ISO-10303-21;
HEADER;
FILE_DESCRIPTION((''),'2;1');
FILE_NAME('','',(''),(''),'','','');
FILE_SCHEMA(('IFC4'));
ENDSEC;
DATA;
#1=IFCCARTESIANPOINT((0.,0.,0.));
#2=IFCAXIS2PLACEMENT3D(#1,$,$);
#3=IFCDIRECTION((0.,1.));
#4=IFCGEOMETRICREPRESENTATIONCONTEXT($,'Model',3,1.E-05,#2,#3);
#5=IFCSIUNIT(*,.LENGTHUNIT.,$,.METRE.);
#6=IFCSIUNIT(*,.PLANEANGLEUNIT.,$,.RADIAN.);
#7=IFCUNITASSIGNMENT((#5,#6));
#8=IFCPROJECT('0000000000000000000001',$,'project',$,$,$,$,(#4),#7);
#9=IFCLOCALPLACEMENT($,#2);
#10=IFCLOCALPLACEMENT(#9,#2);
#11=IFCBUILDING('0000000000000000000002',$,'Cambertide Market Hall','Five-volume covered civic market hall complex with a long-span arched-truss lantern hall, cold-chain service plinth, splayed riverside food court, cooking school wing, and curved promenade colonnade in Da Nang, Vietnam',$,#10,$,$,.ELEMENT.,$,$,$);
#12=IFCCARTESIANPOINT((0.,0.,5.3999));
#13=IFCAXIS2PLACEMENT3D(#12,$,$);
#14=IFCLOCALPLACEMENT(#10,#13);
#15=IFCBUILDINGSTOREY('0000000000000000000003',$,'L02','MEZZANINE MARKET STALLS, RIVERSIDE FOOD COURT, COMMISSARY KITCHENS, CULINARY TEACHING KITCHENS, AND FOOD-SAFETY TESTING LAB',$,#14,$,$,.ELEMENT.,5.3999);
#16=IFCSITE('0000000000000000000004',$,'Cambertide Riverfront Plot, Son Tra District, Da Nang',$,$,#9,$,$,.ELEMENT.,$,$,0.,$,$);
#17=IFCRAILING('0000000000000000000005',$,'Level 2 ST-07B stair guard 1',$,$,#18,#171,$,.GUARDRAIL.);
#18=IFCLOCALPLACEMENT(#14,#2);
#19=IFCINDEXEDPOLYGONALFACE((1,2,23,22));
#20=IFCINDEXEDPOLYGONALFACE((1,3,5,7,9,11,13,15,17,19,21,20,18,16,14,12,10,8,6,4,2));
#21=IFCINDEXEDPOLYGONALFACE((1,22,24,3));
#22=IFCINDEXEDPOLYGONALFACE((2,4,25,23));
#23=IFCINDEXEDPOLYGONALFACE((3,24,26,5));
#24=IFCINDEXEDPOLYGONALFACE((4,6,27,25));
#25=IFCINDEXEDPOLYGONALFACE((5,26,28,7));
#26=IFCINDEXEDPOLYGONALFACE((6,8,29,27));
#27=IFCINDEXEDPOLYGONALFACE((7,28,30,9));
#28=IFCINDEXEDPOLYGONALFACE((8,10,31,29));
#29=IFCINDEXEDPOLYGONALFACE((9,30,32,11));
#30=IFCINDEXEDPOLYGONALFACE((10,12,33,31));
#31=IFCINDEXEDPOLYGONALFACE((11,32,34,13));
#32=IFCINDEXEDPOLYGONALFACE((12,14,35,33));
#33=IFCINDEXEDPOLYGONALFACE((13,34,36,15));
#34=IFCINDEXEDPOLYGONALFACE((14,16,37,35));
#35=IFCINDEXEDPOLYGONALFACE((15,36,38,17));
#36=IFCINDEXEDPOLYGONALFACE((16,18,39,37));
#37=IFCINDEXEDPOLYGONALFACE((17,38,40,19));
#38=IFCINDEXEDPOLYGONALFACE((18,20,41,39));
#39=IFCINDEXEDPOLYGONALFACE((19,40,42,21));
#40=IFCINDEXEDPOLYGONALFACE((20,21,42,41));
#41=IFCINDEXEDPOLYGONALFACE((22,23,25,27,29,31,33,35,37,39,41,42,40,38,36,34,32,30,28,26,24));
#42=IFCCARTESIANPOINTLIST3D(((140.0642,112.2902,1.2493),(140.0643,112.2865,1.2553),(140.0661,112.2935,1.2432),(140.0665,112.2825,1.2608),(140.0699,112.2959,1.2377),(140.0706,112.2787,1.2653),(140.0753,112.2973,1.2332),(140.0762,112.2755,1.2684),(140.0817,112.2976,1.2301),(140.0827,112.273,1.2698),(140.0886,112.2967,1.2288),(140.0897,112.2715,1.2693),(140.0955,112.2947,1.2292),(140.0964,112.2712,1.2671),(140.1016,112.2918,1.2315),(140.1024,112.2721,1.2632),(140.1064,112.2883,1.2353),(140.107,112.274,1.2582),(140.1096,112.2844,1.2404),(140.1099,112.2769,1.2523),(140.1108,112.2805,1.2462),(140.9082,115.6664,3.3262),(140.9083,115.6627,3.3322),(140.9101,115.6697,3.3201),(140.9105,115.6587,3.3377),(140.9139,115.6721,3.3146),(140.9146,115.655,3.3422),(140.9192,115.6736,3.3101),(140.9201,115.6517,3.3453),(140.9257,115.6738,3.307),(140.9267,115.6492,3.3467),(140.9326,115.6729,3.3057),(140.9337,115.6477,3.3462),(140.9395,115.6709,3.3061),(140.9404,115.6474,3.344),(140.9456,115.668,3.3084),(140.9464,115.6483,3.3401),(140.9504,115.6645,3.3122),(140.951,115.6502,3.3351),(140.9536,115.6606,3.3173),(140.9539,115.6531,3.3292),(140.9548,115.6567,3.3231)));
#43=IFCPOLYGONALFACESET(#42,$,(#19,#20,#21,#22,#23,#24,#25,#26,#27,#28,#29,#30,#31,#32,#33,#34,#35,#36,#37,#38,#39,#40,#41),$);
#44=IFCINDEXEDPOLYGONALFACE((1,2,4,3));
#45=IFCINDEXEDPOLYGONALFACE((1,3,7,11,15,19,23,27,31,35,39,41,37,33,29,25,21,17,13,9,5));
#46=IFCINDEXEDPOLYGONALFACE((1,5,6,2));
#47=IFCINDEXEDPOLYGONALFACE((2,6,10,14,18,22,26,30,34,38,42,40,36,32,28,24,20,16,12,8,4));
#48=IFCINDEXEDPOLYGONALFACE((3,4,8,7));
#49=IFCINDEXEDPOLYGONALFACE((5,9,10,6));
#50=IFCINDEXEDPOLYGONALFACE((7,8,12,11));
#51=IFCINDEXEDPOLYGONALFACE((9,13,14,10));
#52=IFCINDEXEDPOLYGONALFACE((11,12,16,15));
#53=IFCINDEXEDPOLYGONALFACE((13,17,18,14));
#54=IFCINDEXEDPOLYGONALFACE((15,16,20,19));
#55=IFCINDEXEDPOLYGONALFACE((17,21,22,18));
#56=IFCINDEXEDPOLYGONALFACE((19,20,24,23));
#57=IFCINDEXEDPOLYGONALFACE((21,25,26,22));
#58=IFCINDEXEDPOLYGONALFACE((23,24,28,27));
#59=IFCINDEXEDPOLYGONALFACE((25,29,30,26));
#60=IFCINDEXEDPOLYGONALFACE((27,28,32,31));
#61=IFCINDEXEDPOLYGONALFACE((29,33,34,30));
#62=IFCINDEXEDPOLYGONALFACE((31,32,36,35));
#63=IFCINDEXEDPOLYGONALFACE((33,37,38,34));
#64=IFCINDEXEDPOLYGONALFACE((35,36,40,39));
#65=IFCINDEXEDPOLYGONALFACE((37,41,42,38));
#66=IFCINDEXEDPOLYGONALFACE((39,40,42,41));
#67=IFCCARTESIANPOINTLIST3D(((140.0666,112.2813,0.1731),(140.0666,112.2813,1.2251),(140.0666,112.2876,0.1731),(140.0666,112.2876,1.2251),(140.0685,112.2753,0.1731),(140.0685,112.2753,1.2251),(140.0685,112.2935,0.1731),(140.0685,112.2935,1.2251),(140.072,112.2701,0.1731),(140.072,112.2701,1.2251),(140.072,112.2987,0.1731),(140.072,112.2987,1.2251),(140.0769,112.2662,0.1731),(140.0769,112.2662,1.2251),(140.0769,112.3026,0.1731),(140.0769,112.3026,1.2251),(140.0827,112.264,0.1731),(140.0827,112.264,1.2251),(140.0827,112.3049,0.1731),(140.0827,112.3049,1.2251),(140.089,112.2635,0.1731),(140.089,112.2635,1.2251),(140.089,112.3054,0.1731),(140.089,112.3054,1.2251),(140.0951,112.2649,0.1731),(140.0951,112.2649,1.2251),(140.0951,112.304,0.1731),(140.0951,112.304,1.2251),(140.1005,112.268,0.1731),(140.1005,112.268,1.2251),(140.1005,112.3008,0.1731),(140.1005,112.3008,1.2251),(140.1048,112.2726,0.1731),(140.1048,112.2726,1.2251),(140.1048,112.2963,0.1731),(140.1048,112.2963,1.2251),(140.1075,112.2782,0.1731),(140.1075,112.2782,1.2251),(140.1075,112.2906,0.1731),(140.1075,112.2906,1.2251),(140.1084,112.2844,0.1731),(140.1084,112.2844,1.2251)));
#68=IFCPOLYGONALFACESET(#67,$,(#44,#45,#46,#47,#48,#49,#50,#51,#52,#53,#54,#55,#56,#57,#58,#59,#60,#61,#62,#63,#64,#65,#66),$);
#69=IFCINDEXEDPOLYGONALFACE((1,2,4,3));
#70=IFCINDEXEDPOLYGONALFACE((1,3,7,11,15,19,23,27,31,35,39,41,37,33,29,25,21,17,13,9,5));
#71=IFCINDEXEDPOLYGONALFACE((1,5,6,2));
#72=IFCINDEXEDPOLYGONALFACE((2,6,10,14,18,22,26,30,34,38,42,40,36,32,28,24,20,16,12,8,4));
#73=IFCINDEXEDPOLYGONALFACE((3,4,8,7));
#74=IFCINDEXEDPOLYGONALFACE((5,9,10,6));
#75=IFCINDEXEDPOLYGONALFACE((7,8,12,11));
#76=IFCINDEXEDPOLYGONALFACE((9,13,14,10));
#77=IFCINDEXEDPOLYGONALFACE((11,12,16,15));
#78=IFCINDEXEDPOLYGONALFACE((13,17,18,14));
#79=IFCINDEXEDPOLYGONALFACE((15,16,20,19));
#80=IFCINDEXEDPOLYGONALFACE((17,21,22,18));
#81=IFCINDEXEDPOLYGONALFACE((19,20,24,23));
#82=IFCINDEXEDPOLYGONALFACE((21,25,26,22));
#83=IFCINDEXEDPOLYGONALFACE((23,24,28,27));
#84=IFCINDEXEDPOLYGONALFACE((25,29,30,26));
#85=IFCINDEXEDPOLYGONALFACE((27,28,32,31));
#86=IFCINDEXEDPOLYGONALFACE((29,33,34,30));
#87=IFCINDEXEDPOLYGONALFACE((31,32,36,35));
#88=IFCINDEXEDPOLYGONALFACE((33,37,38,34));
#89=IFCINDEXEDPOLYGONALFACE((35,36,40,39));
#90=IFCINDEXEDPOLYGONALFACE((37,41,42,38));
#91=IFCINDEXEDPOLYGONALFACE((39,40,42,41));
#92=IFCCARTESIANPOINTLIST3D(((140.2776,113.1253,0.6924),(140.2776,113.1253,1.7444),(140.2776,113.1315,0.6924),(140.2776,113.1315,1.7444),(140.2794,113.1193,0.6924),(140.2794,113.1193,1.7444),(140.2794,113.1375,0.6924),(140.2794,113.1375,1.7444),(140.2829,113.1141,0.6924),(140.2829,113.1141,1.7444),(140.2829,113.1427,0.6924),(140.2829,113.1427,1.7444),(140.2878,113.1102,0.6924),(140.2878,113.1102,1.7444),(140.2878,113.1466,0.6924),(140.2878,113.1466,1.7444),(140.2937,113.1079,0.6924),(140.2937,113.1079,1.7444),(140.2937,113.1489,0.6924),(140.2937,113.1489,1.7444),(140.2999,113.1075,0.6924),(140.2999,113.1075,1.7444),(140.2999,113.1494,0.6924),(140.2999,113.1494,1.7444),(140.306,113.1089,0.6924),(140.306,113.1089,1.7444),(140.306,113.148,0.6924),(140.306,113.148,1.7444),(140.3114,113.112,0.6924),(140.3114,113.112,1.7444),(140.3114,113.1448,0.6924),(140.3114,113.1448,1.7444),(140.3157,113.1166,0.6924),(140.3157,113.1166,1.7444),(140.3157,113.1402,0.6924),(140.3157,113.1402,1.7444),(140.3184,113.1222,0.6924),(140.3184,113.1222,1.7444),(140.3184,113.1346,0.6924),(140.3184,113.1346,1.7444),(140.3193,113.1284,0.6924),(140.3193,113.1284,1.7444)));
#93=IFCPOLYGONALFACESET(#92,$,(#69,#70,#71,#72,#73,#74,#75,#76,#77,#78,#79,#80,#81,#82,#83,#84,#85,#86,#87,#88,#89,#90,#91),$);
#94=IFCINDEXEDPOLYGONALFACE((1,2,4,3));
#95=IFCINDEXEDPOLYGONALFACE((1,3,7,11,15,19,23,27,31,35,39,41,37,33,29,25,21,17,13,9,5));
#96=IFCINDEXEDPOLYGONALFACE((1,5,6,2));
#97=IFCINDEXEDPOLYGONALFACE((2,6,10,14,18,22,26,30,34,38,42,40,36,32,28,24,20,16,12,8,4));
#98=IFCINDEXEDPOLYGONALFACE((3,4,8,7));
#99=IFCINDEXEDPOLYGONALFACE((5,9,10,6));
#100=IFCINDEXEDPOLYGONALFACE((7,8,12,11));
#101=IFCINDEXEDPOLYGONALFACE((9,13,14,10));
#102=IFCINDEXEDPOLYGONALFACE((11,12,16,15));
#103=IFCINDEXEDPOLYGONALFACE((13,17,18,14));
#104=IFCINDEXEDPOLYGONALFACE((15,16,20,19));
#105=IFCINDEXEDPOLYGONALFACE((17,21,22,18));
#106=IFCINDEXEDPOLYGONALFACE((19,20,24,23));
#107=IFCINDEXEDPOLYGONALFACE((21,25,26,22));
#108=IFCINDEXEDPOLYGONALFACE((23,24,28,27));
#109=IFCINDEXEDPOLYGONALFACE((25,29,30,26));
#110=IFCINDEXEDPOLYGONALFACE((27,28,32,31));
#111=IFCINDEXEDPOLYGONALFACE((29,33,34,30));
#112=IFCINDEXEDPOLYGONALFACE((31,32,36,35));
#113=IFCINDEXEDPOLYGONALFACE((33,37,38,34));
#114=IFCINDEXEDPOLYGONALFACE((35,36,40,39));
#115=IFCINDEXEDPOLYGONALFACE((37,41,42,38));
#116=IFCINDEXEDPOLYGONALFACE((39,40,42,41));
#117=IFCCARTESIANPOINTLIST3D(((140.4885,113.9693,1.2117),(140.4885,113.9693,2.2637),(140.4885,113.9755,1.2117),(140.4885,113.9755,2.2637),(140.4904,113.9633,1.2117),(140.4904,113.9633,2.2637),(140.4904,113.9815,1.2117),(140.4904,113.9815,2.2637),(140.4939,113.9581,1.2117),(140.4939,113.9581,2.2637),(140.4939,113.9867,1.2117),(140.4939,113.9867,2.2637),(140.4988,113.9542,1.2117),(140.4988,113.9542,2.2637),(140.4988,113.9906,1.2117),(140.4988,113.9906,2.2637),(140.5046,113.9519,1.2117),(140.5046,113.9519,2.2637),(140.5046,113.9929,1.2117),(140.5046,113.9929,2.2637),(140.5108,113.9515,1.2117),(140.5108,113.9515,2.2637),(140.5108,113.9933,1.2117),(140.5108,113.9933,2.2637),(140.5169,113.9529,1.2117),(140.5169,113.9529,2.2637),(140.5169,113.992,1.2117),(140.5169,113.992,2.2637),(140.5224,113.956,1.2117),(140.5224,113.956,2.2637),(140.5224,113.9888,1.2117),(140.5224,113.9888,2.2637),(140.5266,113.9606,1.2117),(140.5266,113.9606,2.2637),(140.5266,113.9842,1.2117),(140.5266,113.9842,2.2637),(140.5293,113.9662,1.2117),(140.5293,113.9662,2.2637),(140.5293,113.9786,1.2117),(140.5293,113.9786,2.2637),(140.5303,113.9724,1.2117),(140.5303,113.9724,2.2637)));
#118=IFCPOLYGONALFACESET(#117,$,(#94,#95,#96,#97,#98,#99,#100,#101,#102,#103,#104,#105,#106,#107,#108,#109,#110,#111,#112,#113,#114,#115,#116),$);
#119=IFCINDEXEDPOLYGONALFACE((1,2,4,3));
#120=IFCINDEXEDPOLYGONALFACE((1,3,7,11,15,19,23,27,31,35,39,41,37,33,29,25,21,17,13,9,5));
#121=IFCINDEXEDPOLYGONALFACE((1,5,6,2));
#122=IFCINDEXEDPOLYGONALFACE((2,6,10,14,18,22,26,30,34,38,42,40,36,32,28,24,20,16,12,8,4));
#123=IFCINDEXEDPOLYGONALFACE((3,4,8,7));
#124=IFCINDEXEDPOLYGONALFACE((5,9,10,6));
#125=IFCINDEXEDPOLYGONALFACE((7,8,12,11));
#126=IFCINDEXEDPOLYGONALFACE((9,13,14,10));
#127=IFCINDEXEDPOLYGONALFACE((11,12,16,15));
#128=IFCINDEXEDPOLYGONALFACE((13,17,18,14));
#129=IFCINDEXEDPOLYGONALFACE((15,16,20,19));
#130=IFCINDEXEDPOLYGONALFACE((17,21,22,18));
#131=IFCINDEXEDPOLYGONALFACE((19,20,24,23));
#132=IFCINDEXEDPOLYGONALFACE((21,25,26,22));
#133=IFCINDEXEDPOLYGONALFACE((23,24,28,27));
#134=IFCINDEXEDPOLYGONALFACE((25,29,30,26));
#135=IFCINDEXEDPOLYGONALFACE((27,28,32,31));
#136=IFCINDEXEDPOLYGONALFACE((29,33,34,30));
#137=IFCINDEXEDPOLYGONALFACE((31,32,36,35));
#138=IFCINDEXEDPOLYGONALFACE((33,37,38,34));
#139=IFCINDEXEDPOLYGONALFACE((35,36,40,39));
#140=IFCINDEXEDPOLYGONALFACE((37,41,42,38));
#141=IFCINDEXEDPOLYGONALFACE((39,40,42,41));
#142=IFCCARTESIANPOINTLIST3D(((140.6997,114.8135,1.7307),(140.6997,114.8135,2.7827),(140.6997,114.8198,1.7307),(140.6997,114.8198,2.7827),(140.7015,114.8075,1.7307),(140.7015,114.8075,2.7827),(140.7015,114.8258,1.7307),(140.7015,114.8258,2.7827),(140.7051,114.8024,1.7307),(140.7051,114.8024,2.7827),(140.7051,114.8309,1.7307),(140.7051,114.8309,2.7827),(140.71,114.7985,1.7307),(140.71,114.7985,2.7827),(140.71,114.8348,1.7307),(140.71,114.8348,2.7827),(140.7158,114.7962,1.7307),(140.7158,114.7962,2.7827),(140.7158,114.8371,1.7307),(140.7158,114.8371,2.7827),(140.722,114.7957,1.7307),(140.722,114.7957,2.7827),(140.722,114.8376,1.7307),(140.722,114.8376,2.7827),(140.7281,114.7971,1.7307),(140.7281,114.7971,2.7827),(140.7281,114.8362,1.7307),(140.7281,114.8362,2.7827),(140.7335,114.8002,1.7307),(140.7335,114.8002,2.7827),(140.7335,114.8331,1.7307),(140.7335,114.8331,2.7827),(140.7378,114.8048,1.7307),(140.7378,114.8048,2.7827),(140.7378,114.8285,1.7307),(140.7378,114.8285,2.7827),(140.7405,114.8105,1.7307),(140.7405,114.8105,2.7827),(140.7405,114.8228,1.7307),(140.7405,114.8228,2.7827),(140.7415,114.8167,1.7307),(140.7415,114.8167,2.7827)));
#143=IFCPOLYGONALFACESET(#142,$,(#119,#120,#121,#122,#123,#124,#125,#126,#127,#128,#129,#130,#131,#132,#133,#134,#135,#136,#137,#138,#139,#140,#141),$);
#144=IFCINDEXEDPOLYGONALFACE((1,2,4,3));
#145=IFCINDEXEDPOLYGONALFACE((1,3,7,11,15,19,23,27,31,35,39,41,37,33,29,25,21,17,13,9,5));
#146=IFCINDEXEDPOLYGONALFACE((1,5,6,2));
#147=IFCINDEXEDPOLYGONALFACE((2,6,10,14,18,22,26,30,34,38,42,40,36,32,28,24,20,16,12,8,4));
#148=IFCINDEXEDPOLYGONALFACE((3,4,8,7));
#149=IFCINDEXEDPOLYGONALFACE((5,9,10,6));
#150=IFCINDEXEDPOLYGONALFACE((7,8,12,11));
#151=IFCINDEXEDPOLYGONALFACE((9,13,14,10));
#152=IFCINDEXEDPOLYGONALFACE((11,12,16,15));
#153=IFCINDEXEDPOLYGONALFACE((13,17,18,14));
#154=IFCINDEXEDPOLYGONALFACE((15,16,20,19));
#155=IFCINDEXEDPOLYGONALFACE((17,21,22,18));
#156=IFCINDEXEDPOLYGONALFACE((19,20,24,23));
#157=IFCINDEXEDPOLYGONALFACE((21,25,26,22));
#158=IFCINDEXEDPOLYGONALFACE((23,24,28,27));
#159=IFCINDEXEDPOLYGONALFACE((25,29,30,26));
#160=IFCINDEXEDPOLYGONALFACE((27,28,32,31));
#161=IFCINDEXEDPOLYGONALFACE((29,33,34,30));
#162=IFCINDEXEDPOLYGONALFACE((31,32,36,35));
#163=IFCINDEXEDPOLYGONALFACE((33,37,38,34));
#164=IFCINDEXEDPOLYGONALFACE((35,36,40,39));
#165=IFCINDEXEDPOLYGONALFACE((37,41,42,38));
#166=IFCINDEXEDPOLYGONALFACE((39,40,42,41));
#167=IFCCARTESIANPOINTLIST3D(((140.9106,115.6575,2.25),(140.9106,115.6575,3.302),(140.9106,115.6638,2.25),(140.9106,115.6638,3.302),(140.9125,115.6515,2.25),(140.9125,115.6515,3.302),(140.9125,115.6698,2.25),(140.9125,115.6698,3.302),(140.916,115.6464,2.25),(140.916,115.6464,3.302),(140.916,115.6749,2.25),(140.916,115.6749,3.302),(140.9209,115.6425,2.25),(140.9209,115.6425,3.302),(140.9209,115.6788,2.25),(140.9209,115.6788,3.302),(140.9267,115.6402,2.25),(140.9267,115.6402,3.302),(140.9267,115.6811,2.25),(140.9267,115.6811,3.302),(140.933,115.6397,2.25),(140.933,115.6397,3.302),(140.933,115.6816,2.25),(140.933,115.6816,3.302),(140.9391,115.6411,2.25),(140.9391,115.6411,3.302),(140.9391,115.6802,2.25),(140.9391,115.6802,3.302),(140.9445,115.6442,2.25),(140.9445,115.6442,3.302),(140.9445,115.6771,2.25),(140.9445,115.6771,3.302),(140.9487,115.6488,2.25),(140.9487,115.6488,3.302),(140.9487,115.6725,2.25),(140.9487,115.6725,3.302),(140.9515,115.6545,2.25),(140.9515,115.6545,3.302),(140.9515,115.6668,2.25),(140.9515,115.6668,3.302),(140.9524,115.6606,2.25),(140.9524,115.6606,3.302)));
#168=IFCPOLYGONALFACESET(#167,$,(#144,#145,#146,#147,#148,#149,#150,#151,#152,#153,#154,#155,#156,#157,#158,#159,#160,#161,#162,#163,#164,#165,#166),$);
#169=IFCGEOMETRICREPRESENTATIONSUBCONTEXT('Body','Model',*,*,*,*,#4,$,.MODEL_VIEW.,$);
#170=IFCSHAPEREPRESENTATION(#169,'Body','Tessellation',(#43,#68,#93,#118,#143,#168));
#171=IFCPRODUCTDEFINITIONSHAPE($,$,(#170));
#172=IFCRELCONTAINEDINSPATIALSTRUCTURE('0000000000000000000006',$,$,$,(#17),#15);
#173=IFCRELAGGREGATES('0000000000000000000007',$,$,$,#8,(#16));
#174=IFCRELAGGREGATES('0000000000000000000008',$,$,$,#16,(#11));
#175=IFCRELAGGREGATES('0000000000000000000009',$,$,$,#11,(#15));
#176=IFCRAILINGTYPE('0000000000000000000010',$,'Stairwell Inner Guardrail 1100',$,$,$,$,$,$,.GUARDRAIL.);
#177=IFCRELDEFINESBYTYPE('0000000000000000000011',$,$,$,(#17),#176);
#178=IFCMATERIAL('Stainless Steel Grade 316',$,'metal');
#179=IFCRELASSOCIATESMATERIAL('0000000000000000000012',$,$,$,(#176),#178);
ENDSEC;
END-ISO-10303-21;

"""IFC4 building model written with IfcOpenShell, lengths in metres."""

from ifc_helpers import new_model, si_unit, direction, frame, origin, origin_2d, place, context, subcontext, project, spatial, circle, extrude, material, type_object, element, save


model = new_model("IFC4")

# Units and contexts
model_context = context("Model", 3, precision=1e-05, world=origin(), true_north=direction((0.0, 1.0)))
body_context = subcontext(model_context, "Body", "Model", "MODEL_VIEW")
ifc_project = project(units=[si_unit("LENGTHUNIT", "METRE"), si_unit("PLANEANGLEUNIT", "RADIAN")], contexts=[model_context])

# Site, building, storey
site_placement = place(None, origin())
site = spatial("IfcSite", under=ifc_project, at=site_placement, Name="Cambertide Riverfront Plot, Son Tra District, Da Nang", CompositionType="ELEMENT", RefElevation=0.0)
building_placement = place(site_placement, origin())
building = spatial("IfcBuilding", under=site, at=building_placement, Name="Cambertide Market Hall", Description="Five-volume covered civic market hall complex with a long-span arched-truss lantern hall, cold-chain service plinth, splayed riverside food court, cooking school wing, and curved promenade colonnade in Da Nang, Vietnam", CompositionType="ELEMENT")
storey_placement = place(building_placement, frame((0.0, 0.0, 5.3999)))
storey = spatial("IfcBuildingStorey", under=building, at=storey_placement, Name="L02", Description="MEZZANINE MARKET STALLS, RIVERSIDE FOOD COURT, COMMISSARY KITCHENS, CULINARY TEACHING KITCHENS, AND FOOD-SAFETY TESTING LAB", CompositionType="ELEMENT", Elevation=5.3999)

# Railing
ifc_material_1 = material(Name="Stainless Steel Grade 316", Category="metal")
railing_type_1 = type_object("IfcRailingType", Name="Stairwell Inner Guardrail 1100", PredefinedType="GUARDRAIL", material=ifc_material_1)
railing_1_placement = place(storey_placement, frame((140.0874, 112.2844, 0.1731)))
element("IfcRailing", 1, at=railing_1_placement, inside=storey, type_object=railing_type_1, Name="Level 2 ST-07B stair guard 1", PredefinedType="GUARDRAIL", context=body_context, shape_type="SweptSolid", body=[
    extrude(circle(Radius=0.0239, at=origin_2d()), frame((0.0, 0.0, 1.0762), z_axis=(0.208253, 0.833071, 0.512469), x_axis=(-0.970147, 0.242519, 0.0)), (0.0, 0.0, 1.0), 4.0527),
    extrude(circle(Radius=0.021, at=origin_2d()), origin(), (0.0, 0.0, 1.0), 1.052),
    extrude(circle(Radius=0.021, at=origin_2d()), frame((0.2109, 0.844, 0.5193)), (0.0, 0.0, 1.0), 1.052),
    extrude(circle(Radius=0.021, at=origin_2d()), frame((0.4219, 1.688, 1.0386)), (0.0, 0.0, 1.0), 1.052),
    extrude(circle(Radius=0.021, at=origin_2d()), frame((0.6331, 2.5322, 1.5576)), (0.0, 0.0, 1.0), 1.052),
    extrude(circle(Radius=0.021, at=origin_2d()), frame((0.844, 3.3762, 2.0769)), (0.0, 0.0, 1.0), 1.052),
])

save(model, "model.ifc")
